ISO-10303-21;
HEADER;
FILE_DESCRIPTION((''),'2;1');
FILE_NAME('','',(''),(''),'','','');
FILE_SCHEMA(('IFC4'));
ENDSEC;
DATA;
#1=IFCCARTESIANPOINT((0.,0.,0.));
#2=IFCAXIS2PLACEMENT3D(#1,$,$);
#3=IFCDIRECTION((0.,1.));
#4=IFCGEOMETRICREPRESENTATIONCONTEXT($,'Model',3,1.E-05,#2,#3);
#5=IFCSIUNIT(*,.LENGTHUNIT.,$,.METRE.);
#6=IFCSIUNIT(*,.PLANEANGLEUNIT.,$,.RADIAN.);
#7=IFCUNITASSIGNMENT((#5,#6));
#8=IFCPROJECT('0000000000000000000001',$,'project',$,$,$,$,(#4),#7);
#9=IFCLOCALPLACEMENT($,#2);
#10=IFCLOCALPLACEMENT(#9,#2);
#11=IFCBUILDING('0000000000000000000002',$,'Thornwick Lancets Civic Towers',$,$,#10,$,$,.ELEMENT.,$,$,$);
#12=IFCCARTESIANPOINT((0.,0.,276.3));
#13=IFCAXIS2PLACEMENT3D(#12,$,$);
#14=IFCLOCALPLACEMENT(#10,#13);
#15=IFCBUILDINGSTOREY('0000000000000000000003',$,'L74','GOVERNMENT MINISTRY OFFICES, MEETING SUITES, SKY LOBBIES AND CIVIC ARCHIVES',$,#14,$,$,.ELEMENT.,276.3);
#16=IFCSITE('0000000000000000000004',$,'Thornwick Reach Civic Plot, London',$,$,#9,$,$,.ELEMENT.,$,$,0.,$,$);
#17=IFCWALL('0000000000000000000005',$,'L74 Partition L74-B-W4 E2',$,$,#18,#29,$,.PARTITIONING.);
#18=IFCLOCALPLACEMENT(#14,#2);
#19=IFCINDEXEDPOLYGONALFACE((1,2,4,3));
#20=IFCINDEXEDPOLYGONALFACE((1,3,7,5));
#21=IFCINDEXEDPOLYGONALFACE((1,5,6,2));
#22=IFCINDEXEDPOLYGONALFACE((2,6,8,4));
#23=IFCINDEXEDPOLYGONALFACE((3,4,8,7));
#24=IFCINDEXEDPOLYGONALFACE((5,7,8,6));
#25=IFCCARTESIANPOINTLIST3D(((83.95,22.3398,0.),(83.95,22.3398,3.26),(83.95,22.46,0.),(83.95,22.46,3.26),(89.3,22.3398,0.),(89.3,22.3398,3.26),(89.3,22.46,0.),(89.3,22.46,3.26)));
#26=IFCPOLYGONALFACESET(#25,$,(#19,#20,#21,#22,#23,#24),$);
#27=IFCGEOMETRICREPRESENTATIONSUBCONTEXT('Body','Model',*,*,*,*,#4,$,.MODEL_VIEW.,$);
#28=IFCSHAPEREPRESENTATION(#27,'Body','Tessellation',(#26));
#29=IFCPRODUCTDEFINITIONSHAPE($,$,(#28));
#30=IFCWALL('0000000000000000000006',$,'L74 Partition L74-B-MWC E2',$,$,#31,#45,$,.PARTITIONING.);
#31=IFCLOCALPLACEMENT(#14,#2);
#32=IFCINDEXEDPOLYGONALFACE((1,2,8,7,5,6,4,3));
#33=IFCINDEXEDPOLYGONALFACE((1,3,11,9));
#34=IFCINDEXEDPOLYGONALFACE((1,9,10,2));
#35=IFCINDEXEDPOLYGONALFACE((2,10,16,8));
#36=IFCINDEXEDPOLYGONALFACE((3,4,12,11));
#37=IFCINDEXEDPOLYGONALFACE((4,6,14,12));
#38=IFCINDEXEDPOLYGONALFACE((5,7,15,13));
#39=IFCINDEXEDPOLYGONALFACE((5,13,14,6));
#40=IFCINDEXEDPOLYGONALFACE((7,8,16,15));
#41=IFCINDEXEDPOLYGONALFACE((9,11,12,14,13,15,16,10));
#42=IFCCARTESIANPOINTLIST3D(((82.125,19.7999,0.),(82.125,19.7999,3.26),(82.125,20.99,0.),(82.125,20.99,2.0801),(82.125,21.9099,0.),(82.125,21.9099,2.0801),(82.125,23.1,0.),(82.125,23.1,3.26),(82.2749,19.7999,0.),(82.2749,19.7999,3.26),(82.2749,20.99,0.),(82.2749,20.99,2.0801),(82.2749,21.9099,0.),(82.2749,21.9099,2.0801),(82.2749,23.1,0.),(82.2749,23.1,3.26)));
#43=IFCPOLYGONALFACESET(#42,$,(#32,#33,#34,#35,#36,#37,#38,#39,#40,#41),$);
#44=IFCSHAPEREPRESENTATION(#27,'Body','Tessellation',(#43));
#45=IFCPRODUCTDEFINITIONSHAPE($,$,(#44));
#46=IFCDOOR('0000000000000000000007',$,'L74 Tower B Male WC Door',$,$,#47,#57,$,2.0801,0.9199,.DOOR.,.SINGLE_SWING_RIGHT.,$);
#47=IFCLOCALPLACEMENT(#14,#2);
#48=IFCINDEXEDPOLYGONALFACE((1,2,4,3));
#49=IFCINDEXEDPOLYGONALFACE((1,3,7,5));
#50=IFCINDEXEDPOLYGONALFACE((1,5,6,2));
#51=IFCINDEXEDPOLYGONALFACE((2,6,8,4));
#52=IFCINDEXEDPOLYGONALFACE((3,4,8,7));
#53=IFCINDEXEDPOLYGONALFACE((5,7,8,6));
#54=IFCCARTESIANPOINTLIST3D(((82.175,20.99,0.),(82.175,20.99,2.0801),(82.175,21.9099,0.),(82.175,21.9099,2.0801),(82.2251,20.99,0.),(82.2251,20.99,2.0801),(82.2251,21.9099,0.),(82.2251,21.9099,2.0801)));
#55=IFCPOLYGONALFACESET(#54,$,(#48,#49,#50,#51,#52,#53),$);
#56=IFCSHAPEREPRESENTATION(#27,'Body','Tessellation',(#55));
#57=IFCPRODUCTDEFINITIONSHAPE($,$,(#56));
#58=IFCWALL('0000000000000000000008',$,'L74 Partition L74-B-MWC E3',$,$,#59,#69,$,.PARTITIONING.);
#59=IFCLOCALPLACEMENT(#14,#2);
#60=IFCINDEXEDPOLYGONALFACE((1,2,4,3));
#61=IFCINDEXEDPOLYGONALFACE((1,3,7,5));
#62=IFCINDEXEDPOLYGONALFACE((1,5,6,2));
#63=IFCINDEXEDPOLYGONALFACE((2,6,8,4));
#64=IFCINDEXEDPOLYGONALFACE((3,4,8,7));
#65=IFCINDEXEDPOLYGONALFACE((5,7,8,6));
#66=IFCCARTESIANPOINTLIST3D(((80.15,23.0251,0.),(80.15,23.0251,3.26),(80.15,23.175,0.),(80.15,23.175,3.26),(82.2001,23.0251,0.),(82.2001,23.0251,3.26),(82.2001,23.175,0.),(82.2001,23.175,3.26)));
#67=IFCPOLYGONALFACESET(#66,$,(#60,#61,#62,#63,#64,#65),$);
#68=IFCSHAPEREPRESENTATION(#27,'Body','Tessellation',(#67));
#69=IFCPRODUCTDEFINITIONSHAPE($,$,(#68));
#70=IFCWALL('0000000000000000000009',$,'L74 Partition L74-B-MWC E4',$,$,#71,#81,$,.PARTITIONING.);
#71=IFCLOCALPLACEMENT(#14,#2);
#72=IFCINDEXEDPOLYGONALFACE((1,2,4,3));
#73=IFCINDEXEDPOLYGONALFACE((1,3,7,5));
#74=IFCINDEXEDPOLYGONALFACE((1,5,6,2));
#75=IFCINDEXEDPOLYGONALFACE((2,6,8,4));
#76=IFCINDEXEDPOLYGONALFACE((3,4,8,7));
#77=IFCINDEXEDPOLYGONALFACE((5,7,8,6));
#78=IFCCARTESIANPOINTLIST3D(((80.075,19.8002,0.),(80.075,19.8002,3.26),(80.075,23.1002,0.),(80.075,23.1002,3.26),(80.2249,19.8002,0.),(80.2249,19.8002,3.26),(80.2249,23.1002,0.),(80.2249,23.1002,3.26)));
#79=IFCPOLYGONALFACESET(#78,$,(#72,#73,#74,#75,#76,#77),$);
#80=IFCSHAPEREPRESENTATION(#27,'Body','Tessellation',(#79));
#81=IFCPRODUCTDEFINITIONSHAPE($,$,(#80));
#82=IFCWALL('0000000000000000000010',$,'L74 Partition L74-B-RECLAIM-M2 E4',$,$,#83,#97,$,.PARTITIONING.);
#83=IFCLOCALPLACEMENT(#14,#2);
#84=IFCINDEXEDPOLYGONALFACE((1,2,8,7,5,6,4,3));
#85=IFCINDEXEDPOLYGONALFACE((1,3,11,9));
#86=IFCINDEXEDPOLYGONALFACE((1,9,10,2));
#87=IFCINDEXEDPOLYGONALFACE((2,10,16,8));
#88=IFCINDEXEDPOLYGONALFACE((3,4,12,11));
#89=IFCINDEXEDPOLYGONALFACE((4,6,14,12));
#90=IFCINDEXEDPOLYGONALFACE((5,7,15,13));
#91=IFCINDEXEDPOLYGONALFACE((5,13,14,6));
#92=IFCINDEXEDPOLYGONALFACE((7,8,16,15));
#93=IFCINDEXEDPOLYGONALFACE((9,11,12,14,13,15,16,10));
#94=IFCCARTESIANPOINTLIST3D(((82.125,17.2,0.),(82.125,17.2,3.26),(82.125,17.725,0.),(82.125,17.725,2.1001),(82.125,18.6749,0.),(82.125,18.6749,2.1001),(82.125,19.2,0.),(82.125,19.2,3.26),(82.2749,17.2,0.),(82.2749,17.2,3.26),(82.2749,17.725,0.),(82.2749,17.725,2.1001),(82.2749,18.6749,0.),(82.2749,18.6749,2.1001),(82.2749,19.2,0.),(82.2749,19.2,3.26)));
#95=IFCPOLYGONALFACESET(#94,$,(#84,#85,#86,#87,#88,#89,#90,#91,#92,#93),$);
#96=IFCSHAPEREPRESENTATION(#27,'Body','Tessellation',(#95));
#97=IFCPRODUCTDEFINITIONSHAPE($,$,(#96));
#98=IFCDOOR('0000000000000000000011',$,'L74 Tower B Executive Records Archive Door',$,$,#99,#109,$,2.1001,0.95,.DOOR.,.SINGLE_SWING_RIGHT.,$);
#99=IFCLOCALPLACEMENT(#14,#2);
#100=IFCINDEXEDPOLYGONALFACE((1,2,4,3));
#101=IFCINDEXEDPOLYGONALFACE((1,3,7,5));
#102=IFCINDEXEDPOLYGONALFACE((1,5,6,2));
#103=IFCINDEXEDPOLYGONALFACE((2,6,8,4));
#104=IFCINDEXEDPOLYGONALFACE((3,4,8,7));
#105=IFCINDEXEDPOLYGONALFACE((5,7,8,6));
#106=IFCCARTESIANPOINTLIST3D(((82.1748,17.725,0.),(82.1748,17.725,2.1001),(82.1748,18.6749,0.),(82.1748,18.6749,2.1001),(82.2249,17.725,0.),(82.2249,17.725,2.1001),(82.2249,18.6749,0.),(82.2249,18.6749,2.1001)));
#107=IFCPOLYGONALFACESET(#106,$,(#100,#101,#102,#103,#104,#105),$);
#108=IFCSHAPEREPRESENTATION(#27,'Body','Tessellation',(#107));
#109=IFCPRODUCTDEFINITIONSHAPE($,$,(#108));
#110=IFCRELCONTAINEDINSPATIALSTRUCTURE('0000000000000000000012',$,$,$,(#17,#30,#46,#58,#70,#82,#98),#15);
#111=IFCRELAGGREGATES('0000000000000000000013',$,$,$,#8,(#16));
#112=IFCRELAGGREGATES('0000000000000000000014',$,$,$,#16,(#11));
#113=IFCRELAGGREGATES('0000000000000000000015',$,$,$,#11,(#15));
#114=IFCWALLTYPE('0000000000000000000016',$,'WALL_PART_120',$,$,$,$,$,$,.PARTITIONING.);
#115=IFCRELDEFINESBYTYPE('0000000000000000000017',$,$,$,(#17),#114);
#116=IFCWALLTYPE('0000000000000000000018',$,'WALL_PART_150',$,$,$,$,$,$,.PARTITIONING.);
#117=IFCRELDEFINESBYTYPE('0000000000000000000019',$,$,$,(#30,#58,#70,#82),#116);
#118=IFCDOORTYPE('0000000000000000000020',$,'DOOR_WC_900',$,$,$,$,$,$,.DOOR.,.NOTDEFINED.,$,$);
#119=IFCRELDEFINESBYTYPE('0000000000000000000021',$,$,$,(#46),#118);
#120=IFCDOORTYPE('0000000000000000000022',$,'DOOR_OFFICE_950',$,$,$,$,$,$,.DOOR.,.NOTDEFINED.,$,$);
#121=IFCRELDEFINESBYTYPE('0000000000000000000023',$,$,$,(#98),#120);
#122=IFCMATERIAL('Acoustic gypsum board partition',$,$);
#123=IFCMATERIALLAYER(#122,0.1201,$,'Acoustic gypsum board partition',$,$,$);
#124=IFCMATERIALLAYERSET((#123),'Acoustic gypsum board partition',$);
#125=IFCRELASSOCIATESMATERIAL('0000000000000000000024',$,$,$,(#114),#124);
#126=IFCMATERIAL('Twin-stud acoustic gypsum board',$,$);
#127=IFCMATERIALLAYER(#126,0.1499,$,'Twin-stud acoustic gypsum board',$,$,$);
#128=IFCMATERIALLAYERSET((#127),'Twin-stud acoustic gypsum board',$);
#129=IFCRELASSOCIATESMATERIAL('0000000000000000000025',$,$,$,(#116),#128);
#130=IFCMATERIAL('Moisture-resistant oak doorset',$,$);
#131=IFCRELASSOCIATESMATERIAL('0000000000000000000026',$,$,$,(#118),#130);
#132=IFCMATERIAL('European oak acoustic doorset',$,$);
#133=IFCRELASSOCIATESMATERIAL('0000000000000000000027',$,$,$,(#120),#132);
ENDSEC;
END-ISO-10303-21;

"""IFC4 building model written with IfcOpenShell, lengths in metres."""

from ifc_helpers import new_model, si_unit, direction, frame, frame_2d, origin, place, context, subcontext, project, spatial, rectangle, extrude, material, layer, layer_set, type_object, element, fill, save


model = new_model("IFC4")

# Units and contexts
model_context = context("Model", 3, precision=1e-05, world=origin(), true_north=direction((0.0, 1.0)))
body_context = subcontext(model_context, "Body", "Model", "MODEL_VIEW")
ifc_project = project(units=[si_unit("LENGTHUNIT", "METRE"), si_unit("PLANEANGLEUNIT", "RADIAN")], contexts=[model_context])

# Site, building, storey
site_placement = place(None, origin())
site = spatial("IfcSite", under=ifc_project, at=site_placement, Name="Thornwick Reach Civic Plot, London", CompositionType="ELEMENT", RefElevation=0.0)
building_placement = place(site_placement, origin())
building = spatial("IfcBuilding", under=site, at=building_placement, Name="Thornwick Lancets Civic Towers", CompositionType="ELEMENT")
storey_placement = place(building_placement, frame((0.0, 0.0, 276.3)))
storey = spatial("IfcBuildingStorey", under=building, at=storey_placement, Name="L74", Description="GOVERNMENT MINISTRY OFFICES, MEETING SUITES, SKY LOBBIES AND CIVIC ARCHIVES", CompositionType="ELEMENT", Elevation=276.3)

# Wall
ifc_material_1 = material(Name="Acoustic gypsum board partition")
ifc_layer_1 = layer(ifc_material_1, 0.1201, Name="Acoustic gypsum board partition")
ifc_layer_set_1 = layer_set([ifc_layer_1], Name="Acoustic gypsum board partition")
wall_type_1 = type_object("IfcWallType", Name="WALL_PART_120", PredefinedType="PARTITIONING", material=ifc_layer_set_1)
wall_1_placement = place(storey_placement, frame((83.95, 22.3999, 0.0), z_axis=(0.0, 0.0, 1.0), x_axis=(1.0, 0.0, 0.0)))
element("IfcWall", 1, at=wall_1_placement, inside=storey, type_object=wall_type_1, Name="L74 Partition L74-B-W4 E2", PredefinedType="PARTITIONING", context=body_context, shape_type="SweptSolid", body=[
    extrude(rectangle(XDim=5.3501, YDim=0.1201, at=frame_2d((2.675, 0.0))), origin(), (0.0, 0.0, 1.0), 3.26),
])

# Wall, opening, door
ifc_material_2 = material(Name="Twin-stud acoustic gypsum board")
ifc_layer_2 = layer(ifc_material_2, 0.1499, Name="Twin-stud acoustic gypsum board")
ifc_layer_set_2 = layer_set([ifc_layer_2], Name="Twin-stud acoustic gypsum board")
wall_type_2 = type_object("IfcWallType", Name="WALL_PART_150", PredefinedType="PARTITIONING", material=ifc_layer_set_2)
wall_2_placement = place(storey_placement, frame((82.2, 19.8, 0.0), z_axis=(0.0, 0.0, 1.0), x_axis=(0.0, 1.0, 0.0)))
wall_2 = element("IfcWall", 2, at=wall_2_placement, inside=storey, type_object=wall_type_2, Name="L74 Partition L74-B-MWC E2", PredefinedType="PARTITIONING", context=body_context, shape_type="SweptSolid", body=[
    extrude(rectangle(XDim=3.3, YDim=0.1499, at=frame_2d((1.6499, 0.0))), origin(), (0.0, 0.0, 1.0), 3.26),
])
opening_1_placement = place(wall_2_placement, frame((1.1899, 0.0, 0.0)))
opening_1 = element("IfcOpeningElement", 3, at=opening_1_placement, cuts=wall_2, PredefinedType="OPENING", context=body_context, shape_type="SweptSolid", body=[
    extrude(rectangle(XDim=0.9199, YDim=2.0801, at=frame_2d((0.46, 1.04))), frame((0.0, 0.085, 0.0), z_axis=(0.0, -1.0, 0.0), x_axis=(1.0, 0.0, 0.0)), (0.0, 0.0, 1.0), 0.1699),
])
ifc_material_3 = material(Name="Moisture-resistant oak doorset")
door_type_1 = type_object("IfcDoorType", Name="DOOR_WC_900", OperationType="NOTDEFINED", PredefinedType="DOOR", material=ifc_material_3)
door_1_placement = place(opening_1_placement, origin())
door_1 = element("IfcDoor", 4, at=door_1_placement, inside=storey, type_object=door_type_1, Name="L74 Tower B Male WC Door", OperationType="SINGLE_SWING_RIGHT", OverallHeight=2.0801, OverallWidth=0.9199, PredefinedType="DOOR", context=body_context, shape_type="SweptSolid", body=[
    extrude(rectangle(XDim=0.9199, YDim=2.0801, at=frame_2d((0.46, 1.04))), frame((0.0, 0.0249, 0.0), z_axis=(0.0, -1.0, 0.0), x_axis=(1.0, 0.0, 0.0)), (0.0, 0.0, 1.0), 0.05),
])
fill(opening_1, door_1)

# Walls
wall_3_placement = place(storey_placement, frame((82.2, 23.1001, 0.0), z_axis=(0.0, 0.0, 1.0), x_axis=(-1.0, 0.0, 0.0)))
element("IfcWall", 5, at=wall_3_placement, inside=storey, type_object=wall_type_2, Name="L74 Partition L74-B-MWC E3", PredefinedType="PARTITIONING", context=body_context, shape_type="SweptSolid", body=[
    extrude(rectangle(XDim=2.05, YDim=0.1499, at=frame_2d((1.0249, 0.0))), origin(), (0.0, 0.0, 1.0), 3.26),
])
wall_4_placement = place(storey_placement, frame((80.1499, 23.1001, 0.0), z_axis=(0.0, 0.0, 1.0), x_axis=(0.0, -1.0, 0.0)))
element("IfcWall", 6, at=wall_4_placement, inside=storey, type_object=wall_type_2, Name="L74 Partition L74-B-MWC E4", PredefinedType="PARTITIONING", context=body_context, shape_type="SweptSolid", body=[
    extrude(rectangle(XDim=3.3, YDim=0.1499, at=frame_2d((1.6499, 0.0))), origin(), (0.0, 0.0, 1.0), 3.26),
])

# Wall, opening, door
wall_5_placement = place(storey_placement, frame((82.2, 19.2, 0.0), z_axis=(0.0, 0.0, 1.0), x_axis=(0.0, -1.0, 0.0)))
wall_5 = element("IfcWall", 7, at=wall_5_placement, inside=storey, type_object=wall_type_2, Name="L74 Partition L74-B-RECLAIM-M2 E4", PredefinedType="PARTITIONING", context=body_context, shape_type="SweptSolid", body=[
    extrude(rectangle(XDim=2.0, YDim=0.1499, at=frame_2d((1.0, 0.0))), origin(), (0.0, 0.0, 1.0), 3.26),
])
opening_2_placement = place(wall_5_placement, frame((0.5249, 0.0, 0.0)))
opening_2 = element("IfcOpeningElement", 8, at=opening_2_placement, cuts=wall_5, PredefinedType="OPENING", context=body_context, shape_type="SweptSolid", body=[
    extrude(rectangle(XDim=0.95, YDim=2.1001, at=frame_2d((0.4751, 1.05))), frame((0.0, 0.085, 0.0), z_axis=(0.0, -1.0, 0.0), x_axis=(1.0, 0.0, 0.0)), (0.0, 0.0, 1.0), 0.1699),
])
ifc_material_4 = material(Name="European oak acoustic doorset")
door_type_2 = type_object("IfcDoorType", Name="DOOR_OFFICE_950", OperationType="NOTDEFINED", PredefinedType="DOOR", material=ifc_material_4)
door_2_placement = place(opening_2_placement, origin())
door_2 = element("IfcDoor", 9, at=door_2_placement, inside=storey, type_object=door_type_2, Name="L74 Tower B Executive Records Archive Door", OperationType="SINGLE_SWING_RIGHT", OverallHeight=2.1001, OverallWidth=0.95, PredefinedType="DOOR", context=body_context, shape_type="SweptSolid", body=[
    extrude(rectangle(XDim=0.95, YDim=2.1001, at=frame_2d((0.4751, 1.05))), frame((0.0, 0.0249, 0.0), z_axis=(0.0, -1.0, 0.0), x_axis=(1.0, 0.0, 0.0)), (0.0, 0.0, 1.0), 0.05),
])
fill(opening_2, door_2)

save(model, "model.ifc")
